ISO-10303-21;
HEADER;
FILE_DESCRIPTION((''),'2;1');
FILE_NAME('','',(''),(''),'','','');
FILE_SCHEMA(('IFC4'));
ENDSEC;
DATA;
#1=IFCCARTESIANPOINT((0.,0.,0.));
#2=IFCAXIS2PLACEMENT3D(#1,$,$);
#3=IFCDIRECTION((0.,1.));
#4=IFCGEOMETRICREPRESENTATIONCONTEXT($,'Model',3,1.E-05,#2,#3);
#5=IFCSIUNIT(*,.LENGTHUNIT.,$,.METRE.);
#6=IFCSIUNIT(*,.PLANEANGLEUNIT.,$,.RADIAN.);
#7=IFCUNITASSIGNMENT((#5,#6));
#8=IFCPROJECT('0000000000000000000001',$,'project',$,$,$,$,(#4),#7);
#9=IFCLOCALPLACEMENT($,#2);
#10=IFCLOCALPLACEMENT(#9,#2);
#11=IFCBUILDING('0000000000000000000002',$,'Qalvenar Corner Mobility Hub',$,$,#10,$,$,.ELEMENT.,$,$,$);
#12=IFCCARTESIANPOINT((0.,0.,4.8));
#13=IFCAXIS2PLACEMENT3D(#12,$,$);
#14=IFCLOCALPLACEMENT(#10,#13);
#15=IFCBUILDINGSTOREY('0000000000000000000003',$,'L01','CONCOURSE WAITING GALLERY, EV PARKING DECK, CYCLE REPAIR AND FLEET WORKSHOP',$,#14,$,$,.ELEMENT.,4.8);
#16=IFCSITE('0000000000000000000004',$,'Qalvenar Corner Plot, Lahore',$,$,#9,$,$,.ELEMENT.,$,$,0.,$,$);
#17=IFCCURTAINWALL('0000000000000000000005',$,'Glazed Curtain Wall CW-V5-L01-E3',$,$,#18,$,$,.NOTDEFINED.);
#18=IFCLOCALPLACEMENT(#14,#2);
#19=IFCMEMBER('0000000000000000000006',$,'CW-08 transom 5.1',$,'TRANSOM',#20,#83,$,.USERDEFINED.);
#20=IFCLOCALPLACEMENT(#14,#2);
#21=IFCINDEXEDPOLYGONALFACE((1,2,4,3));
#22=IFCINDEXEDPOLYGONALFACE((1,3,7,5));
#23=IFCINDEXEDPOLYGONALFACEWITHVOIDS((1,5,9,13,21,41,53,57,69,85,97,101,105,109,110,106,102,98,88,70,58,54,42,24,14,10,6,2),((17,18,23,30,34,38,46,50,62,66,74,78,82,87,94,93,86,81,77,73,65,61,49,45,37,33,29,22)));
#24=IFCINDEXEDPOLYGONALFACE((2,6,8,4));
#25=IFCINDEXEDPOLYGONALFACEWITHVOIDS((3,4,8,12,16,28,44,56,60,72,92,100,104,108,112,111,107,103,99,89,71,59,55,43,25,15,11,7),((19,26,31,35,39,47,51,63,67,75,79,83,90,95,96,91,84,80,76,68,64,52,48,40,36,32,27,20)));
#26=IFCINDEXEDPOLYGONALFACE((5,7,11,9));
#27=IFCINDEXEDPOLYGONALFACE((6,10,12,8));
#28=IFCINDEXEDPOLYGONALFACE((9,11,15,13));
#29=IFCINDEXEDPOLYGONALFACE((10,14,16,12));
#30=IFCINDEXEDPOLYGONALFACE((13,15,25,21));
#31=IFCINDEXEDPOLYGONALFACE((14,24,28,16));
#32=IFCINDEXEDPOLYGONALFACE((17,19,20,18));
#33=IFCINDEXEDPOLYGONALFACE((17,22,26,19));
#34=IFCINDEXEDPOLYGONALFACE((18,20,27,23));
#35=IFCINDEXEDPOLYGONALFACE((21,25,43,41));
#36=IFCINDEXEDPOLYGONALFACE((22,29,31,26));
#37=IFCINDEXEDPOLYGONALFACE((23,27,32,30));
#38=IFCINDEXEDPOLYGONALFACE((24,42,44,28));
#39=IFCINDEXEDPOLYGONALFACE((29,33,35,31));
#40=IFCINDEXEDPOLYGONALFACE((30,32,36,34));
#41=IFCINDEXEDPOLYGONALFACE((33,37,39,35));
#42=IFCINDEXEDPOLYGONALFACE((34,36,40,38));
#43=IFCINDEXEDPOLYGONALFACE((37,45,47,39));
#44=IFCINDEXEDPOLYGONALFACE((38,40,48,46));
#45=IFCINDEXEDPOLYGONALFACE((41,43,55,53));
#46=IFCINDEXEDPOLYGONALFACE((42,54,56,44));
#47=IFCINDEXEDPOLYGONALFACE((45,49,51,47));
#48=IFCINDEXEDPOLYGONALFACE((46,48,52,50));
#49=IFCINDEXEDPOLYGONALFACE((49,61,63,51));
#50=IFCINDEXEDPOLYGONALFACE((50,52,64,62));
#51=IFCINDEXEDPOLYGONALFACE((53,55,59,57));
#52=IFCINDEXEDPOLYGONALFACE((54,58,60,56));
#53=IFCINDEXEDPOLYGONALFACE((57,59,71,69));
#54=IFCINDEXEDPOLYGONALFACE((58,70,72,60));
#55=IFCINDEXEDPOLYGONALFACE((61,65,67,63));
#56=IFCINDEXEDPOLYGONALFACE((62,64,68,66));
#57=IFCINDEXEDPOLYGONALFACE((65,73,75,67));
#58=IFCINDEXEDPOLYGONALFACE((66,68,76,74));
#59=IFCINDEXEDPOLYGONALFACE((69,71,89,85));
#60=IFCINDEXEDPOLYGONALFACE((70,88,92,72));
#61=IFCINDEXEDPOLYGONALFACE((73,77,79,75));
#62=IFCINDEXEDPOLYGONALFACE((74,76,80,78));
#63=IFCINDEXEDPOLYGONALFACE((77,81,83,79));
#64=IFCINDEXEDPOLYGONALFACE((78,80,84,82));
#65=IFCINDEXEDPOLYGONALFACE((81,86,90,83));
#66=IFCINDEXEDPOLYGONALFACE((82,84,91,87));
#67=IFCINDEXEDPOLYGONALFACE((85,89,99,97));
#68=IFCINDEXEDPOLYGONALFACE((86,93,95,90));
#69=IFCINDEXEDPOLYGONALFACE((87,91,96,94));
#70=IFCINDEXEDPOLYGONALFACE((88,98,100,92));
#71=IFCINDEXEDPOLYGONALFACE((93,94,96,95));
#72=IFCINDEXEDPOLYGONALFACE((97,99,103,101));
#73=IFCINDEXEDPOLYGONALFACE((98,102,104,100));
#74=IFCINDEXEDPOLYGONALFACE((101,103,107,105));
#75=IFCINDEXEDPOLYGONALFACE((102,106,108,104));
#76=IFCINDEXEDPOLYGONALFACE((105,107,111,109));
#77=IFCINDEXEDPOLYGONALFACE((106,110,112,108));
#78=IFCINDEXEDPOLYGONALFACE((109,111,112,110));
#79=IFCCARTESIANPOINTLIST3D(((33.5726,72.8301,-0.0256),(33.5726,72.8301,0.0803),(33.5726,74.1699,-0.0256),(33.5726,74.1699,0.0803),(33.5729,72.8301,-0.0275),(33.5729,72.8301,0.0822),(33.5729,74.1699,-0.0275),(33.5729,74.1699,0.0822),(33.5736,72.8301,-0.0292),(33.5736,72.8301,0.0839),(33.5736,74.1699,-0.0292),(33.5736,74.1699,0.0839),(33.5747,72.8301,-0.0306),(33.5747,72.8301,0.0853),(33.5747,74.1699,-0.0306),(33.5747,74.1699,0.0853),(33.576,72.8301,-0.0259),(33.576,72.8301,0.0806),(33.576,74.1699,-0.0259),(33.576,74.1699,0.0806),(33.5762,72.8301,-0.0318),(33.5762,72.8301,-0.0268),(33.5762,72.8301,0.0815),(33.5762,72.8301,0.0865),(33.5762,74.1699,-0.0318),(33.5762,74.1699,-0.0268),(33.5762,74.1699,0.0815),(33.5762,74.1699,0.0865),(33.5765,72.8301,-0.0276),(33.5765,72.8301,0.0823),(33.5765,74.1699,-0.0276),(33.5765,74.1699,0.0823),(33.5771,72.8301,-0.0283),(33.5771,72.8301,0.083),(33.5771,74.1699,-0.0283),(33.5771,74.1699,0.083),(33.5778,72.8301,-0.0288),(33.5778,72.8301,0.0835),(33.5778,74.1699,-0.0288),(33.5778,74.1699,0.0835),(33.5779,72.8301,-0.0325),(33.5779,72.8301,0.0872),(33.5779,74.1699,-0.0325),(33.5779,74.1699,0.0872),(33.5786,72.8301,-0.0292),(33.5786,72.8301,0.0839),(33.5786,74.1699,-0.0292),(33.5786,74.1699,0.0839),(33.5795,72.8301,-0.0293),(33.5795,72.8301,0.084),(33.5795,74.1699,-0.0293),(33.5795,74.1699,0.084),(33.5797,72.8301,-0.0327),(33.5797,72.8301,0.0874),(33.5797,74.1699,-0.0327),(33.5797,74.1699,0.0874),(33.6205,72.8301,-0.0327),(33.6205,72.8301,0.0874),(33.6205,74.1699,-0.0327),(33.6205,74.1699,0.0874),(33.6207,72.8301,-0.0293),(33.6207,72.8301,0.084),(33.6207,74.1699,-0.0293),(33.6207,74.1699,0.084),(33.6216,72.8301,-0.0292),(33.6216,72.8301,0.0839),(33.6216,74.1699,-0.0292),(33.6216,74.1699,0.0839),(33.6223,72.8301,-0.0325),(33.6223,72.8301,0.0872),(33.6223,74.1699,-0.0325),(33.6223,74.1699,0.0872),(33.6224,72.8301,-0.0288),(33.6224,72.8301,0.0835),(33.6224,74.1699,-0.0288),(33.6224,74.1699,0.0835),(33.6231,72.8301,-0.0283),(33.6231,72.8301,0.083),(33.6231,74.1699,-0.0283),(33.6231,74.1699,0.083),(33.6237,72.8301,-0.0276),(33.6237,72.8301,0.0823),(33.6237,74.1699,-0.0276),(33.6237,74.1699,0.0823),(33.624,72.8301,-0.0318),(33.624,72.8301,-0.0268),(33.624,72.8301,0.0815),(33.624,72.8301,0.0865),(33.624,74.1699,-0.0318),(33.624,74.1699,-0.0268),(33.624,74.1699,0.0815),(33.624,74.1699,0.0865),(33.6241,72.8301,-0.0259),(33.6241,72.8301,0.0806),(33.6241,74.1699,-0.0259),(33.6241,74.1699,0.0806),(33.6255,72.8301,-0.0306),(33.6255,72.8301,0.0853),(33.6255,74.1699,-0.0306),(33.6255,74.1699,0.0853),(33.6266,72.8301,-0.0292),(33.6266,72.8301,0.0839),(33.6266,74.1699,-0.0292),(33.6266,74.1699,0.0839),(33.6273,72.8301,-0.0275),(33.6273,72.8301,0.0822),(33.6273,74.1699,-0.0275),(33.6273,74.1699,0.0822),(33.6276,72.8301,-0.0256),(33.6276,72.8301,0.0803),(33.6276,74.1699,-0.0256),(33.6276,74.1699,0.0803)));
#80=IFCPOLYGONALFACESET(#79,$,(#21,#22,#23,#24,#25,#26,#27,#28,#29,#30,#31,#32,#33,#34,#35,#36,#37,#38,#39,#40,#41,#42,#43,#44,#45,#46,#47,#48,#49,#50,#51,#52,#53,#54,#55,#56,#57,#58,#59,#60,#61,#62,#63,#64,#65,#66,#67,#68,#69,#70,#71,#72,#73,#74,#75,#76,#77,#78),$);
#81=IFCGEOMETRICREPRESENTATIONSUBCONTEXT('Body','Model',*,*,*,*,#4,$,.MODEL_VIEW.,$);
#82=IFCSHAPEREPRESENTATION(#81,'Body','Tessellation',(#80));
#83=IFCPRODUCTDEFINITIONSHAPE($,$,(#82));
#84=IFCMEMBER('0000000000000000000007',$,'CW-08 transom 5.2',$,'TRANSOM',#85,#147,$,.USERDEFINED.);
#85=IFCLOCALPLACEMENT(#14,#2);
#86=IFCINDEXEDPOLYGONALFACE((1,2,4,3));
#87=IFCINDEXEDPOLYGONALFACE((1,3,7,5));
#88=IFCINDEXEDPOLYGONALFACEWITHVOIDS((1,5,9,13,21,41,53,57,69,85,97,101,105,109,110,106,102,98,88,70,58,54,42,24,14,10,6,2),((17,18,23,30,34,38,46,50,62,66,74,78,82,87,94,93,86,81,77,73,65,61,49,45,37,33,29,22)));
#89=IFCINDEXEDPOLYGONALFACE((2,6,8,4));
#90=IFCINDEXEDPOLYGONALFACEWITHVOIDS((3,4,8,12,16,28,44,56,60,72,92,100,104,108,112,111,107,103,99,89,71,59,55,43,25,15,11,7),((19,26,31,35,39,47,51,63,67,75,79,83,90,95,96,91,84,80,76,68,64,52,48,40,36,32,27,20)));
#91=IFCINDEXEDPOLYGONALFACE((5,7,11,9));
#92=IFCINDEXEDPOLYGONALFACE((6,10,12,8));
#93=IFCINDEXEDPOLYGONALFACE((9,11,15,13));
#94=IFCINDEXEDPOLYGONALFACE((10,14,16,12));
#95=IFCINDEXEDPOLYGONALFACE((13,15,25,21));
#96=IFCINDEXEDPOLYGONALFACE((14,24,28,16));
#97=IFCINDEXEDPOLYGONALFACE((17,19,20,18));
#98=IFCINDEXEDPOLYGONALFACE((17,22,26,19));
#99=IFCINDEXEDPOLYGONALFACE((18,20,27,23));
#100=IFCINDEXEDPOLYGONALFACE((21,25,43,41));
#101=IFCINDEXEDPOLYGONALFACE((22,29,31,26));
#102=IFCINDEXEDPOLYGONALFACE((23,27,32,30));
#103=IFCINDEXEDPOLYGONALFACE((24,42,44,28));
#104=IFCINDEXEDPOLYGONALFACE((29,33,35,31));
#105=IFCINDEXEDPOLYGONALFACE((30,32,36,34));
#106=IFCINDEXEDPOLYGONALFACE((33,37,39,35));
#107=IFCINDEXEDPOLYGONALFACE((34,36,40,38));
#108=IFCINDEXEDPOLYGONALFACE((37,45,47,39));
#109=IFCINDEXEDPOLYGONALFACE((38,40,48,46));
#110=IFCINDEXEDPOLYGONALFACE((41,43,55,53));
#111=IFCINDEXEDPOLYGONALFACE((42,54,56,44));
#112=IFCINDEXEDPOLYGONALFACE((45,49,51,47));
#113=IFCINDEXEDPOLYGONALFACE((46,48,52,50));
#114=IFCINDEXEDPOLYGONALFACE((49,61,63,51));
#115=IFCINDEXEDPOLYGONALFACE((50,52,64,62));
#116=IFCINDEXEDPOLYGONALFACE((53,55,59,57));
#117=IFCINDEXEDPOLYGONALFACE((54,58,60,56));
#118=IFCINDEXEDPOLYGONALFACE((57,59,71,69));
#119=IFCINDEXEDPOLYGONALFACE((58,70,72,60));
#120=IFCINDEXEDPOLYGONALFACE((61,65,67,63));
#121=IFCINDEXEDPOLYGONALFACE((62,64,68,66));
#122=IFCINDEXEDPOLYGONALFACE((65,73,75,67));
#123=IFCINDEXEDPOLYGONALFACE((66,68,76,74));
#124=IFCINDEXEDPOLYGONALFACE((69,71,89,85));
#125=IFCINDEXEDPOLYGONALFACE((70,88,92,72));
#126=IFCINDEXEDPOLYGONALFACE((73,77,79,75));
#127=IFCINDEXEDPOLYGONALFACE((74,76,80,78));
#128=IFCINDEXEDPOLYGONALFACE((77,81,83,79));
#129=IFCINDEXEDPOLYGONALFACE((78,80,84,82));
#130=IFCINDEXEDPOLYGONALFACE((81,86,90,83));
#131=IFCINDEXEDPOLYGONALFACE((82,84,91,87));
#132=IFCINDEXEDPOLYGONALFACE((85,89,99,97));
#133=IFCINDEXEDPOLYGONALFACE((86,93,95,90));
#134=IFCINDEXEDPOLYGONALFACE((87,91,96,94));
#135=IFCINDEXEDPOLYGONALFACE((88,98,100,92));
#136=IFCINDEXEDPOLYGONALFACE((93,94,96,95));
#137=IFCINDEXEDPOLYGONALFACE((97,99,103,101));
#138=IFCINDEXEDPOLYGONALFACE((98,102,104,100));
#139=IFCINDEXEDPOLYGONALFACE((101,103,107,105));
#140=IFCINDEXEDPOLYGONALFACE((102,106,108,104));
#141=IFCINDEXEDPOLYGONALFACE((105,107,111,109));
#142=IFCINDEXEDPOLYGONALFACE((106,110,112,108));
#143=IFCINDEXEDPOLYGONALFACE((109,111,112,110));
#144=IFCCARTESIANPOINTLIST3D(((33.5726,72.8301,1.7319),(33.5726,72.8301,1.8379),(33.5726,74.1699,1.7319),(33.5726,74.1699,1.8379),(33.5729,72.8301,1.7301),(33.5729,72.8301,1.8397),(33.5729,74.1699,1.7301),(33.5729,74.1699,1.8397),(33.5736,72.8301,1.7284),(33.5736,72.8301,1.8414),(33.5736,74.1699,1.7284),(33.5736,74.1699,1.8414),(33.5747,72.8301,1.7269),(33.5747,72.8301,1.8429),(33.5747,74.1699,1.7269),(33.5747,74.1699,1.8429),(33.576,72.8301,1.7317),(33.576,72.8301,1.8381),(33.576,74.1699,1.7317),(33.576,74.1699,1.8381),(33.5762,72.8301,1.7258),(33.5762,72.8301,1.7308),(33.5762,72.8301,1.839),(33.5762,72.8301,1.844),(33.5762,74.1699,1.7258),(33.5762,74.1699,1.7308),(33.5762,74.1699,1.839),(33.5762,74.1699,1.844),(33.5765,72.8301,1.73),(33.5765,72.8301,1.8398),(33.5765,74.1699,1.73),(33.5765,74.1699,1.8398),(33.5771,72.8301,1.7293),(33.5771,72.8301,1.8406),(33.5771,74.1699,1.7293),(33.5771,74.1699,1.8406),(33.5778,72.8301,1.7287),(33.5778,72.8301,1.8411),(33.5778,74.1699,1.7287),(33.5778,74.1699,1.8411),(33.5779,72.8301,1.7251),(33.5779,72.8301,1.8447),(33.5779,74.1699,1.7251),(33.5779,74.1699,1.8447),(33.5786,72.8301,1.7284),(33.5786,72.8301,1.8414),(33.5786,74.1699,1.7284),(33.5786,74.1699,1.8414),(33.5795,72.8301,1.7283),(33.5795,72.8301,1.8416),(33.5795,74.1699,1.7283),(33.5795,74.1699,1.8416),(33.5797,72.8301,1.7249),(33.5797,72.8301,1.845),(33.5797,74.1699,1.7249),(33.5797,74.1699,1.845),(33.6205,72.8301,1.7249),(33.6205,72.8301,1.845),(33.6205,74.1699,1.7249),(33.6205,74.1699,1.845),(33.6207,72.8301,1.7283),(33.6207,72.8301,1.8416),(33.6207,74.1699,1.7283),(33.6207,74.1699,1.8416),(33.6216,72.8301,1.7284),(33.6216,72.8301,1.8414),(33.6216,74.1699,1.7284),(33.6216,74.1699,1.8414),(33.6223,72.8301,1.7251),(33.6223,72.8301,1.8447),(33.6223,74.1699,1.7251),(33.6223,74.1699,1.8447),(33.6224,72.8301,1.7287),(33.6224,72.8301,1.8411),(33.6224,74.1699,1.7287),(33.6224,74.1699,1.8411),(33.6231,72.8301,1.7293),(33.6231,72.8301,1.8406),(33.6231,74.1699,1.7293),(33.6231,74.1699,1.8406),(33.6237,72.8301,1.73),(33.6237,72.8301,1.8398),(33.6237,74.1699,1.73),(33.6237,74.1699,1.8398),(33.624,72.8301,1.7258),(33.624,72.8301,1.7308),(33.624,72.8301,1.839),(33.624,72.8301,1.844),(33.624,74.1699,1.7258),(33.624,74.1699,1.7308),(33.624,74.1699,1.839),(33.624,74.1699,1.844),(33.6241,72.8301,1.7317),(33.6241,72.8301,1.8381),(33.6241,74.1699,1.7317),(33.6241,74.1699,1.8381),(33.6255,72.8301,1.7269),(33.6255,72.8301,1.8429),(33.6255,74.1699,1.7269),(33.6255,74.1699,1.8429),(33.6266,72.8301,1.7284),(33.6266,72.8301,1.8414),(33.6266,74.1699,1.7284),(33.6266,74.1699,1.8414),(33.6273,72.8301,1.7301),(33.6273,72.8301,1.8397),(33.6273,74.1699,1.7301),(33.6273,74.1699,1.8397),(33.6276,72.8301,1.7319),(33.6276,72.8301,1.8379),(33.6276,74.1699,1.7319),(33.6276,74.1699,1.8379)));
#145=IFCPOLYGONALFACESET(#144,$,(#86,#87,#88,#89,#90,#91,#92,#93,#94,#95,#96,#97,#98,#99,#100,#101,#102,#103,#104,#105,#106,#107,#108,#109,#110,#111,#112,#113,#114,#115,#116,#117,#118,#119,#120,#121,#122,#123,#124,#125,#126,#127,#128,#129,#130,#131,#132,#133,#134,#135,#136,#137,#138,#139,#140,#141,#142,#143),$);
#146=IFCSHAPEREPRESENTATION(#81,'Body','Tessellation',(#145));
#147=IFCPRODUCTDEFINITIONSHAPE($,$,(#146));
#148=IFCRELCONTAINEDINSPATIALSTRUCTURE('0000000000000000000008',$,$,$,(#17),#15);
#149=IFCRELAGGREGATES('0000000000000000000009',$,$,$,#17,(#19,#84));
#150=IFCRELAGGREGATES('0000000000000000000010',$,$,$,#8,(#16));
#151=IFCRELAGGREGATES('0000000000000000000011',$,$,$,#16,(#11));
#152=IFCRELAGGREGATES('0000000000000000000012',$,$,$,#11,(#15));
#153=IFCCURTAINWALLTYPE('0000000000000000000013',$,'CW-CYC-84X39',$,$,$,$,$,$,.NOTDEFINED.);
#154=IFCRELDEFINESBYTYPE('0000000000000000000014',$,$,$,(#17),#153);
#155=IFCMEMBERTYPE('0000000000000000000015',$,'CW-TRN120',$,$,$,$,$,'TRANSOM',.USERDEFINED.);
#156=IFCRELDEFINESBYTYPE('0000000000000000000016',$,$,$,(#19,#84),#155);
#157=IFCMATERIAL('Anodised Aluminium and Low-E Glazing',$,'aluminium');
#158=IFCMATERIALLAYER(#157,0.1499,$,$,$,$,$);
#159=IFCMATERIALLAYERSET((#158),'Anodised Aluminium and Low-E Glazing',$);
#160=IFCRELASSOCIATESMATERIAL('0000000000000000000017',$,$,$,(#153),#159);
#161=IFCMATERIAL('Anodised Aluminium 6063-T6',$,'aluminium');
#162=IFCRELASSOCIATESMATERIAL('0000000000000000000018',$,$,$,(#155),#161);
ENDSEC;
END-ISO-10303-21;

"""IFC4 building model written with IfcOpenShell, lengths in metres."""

from ifc_helpers import new_model, si_unit, direction, frame, origin, origin_2d, place, context, subcontext, project, spatial, hollow_rectangle, extrude, material, layer, layer_set, material_profile, profile_set, type_object, element, aggregate, save


model = new_model("IFC4")

# Units and contexts
model_context = context("Model", 3, precision=1e-05, world=origin(), true_north=direction((0.0, 1.0)))
body_context = subcontext(model_context, "Body", "Model", "MODEL_VIEW")
ifc_project = project(units=[si_unit("LENGTHUNIT", "METRE"), si_unit("PLANEANGLEUNIT", "RADIAN")], contexts=[model_context])

# Site, building, storey
site_placement = place(None, origin())
site = spatial("IfcSite", under=ifc_project, at=site_placement, Name="Qalvenar Corner Plot, Lahore", CompositionType="ELEMENT", RefElevation=0.0)
building_placement = place(site_placement, origin())
building = spatial("IfcBuilding", under=site, at=building_placement, Name="Qalvenar Corner Mobility Hub", CompositionType="ELEMENT")
storey_placement = place(building_placement, frame((0.0, 0.0, 4.8)))
storey = spatial("IfcBuildingStorey", under=building, at=storey_placement, Name="L01", Description="CONCOURSE WAITING GALLERY, EV PARKING DECK, CYCLE REPAIR AND FLEET WORKSHOP", CompositionType="ELEMENT", Elevation=4.8)

# Curtain wall, members
ifc_material_1 = material(Name="Anodised Aluminium and Low-E Glazing", Category="aluminium")
ifc_layer_1 = layer(ifc_material_1, 0.1499)
ifc_layer_set_1 = layer_set([ifc_layer_1], Name="Anodised Aluminium and Low-E Glazing")
curtain_wall_type = type_object("IfcCurtainWallType", Name="CW-CYC-84X39", PredefinedType="NOTDEFINED", material=ifc_layer_set_1)
curtain_wall_placement = place(storey_placement, origin())
curtain_wall = element("IfcCurtainWall", 1, at=curtain_wall_placement, inside=storey, type_object=curtain_wall_type, Name="Glazed Curtain Wall CW-V5-L01-E3", PredefinedType="NOTDEFINED")
ifc_material_2 = material(Name="Anodised Aluminium 6063-T6", Category="aluminium")
ifc_material_profile_1 = material_profile(ifc_material_2, hollow_rectangle(XDim=0.0549, YDim=0.1201, WallThickness=0.0034, InnerFilletRadius=0.0034, OuterFilletRadius=0.0071, at=origin_2d()), Name="RHS120x55x3.5")
ifc_profile_set_1 = profile_set([ifc_material_profile_1], Name="Anodised Aluminium 6063-T6")
member_type_1 = type_object("IfcMemberType", Name="CW-TRN120", ElementType="TRANSOM", PredefinedType="USERDEFINED", material=ifc_profile_set_1)
member_1_placement = place(storey_placement, frame((33.6001, 72.8301, 0.0273), z_axis=(0.0, 1.0, 0.0), x_axis=(-1.0, 0.0, 0.0)))
member_1 = element("IfcMember", 2, at=member_1_placement, type_object=member_type_1, Name="CW-08 transom 5.1", ObjectType="TRANSOM", PredefinedType="USERDEFINED", context=body_context, shape_type="SweptSolid", body=[
    extrude(hollow_rectangle(XDim=0.0549, YDim=0.1201, WallThickness=0.0034, InnerFilletRadius=0.0034, OuterFilletRadius=0.0071, at=origin_2d()), origin(), (0.0, 0.0, 1.0), 1.3398),
])
member_2_placement = place(storey_placement, frame((33.6001, 72.8301, 1.7849), z_axis=(0.0, 1.0, 0.0), x_axis=(-1.0, 0.0, 0.0)))
member_2 = element("IfcMember", 3, at=member_2_placement, type_object=member_type_1, Name="CW-08 transom 5.2", ObjectType="TRANSOM", PredefinedType="USERDEFINED", context=body_context, shape_type="SweptSolid", body=[
    extrude(hollow_rectangle(XDim=0.0549, YDim=0.1201, WallThickness=0.0034, InnerFilletRadius=0.0034, OuterFilletRadius=0.0071, at=origin_2d()), origin(), (0.0, 0.0, 1.0), 1.3398),
])
aggregate(curtain_wall, [member_1, member_2])

save(model, "model.ifc")
